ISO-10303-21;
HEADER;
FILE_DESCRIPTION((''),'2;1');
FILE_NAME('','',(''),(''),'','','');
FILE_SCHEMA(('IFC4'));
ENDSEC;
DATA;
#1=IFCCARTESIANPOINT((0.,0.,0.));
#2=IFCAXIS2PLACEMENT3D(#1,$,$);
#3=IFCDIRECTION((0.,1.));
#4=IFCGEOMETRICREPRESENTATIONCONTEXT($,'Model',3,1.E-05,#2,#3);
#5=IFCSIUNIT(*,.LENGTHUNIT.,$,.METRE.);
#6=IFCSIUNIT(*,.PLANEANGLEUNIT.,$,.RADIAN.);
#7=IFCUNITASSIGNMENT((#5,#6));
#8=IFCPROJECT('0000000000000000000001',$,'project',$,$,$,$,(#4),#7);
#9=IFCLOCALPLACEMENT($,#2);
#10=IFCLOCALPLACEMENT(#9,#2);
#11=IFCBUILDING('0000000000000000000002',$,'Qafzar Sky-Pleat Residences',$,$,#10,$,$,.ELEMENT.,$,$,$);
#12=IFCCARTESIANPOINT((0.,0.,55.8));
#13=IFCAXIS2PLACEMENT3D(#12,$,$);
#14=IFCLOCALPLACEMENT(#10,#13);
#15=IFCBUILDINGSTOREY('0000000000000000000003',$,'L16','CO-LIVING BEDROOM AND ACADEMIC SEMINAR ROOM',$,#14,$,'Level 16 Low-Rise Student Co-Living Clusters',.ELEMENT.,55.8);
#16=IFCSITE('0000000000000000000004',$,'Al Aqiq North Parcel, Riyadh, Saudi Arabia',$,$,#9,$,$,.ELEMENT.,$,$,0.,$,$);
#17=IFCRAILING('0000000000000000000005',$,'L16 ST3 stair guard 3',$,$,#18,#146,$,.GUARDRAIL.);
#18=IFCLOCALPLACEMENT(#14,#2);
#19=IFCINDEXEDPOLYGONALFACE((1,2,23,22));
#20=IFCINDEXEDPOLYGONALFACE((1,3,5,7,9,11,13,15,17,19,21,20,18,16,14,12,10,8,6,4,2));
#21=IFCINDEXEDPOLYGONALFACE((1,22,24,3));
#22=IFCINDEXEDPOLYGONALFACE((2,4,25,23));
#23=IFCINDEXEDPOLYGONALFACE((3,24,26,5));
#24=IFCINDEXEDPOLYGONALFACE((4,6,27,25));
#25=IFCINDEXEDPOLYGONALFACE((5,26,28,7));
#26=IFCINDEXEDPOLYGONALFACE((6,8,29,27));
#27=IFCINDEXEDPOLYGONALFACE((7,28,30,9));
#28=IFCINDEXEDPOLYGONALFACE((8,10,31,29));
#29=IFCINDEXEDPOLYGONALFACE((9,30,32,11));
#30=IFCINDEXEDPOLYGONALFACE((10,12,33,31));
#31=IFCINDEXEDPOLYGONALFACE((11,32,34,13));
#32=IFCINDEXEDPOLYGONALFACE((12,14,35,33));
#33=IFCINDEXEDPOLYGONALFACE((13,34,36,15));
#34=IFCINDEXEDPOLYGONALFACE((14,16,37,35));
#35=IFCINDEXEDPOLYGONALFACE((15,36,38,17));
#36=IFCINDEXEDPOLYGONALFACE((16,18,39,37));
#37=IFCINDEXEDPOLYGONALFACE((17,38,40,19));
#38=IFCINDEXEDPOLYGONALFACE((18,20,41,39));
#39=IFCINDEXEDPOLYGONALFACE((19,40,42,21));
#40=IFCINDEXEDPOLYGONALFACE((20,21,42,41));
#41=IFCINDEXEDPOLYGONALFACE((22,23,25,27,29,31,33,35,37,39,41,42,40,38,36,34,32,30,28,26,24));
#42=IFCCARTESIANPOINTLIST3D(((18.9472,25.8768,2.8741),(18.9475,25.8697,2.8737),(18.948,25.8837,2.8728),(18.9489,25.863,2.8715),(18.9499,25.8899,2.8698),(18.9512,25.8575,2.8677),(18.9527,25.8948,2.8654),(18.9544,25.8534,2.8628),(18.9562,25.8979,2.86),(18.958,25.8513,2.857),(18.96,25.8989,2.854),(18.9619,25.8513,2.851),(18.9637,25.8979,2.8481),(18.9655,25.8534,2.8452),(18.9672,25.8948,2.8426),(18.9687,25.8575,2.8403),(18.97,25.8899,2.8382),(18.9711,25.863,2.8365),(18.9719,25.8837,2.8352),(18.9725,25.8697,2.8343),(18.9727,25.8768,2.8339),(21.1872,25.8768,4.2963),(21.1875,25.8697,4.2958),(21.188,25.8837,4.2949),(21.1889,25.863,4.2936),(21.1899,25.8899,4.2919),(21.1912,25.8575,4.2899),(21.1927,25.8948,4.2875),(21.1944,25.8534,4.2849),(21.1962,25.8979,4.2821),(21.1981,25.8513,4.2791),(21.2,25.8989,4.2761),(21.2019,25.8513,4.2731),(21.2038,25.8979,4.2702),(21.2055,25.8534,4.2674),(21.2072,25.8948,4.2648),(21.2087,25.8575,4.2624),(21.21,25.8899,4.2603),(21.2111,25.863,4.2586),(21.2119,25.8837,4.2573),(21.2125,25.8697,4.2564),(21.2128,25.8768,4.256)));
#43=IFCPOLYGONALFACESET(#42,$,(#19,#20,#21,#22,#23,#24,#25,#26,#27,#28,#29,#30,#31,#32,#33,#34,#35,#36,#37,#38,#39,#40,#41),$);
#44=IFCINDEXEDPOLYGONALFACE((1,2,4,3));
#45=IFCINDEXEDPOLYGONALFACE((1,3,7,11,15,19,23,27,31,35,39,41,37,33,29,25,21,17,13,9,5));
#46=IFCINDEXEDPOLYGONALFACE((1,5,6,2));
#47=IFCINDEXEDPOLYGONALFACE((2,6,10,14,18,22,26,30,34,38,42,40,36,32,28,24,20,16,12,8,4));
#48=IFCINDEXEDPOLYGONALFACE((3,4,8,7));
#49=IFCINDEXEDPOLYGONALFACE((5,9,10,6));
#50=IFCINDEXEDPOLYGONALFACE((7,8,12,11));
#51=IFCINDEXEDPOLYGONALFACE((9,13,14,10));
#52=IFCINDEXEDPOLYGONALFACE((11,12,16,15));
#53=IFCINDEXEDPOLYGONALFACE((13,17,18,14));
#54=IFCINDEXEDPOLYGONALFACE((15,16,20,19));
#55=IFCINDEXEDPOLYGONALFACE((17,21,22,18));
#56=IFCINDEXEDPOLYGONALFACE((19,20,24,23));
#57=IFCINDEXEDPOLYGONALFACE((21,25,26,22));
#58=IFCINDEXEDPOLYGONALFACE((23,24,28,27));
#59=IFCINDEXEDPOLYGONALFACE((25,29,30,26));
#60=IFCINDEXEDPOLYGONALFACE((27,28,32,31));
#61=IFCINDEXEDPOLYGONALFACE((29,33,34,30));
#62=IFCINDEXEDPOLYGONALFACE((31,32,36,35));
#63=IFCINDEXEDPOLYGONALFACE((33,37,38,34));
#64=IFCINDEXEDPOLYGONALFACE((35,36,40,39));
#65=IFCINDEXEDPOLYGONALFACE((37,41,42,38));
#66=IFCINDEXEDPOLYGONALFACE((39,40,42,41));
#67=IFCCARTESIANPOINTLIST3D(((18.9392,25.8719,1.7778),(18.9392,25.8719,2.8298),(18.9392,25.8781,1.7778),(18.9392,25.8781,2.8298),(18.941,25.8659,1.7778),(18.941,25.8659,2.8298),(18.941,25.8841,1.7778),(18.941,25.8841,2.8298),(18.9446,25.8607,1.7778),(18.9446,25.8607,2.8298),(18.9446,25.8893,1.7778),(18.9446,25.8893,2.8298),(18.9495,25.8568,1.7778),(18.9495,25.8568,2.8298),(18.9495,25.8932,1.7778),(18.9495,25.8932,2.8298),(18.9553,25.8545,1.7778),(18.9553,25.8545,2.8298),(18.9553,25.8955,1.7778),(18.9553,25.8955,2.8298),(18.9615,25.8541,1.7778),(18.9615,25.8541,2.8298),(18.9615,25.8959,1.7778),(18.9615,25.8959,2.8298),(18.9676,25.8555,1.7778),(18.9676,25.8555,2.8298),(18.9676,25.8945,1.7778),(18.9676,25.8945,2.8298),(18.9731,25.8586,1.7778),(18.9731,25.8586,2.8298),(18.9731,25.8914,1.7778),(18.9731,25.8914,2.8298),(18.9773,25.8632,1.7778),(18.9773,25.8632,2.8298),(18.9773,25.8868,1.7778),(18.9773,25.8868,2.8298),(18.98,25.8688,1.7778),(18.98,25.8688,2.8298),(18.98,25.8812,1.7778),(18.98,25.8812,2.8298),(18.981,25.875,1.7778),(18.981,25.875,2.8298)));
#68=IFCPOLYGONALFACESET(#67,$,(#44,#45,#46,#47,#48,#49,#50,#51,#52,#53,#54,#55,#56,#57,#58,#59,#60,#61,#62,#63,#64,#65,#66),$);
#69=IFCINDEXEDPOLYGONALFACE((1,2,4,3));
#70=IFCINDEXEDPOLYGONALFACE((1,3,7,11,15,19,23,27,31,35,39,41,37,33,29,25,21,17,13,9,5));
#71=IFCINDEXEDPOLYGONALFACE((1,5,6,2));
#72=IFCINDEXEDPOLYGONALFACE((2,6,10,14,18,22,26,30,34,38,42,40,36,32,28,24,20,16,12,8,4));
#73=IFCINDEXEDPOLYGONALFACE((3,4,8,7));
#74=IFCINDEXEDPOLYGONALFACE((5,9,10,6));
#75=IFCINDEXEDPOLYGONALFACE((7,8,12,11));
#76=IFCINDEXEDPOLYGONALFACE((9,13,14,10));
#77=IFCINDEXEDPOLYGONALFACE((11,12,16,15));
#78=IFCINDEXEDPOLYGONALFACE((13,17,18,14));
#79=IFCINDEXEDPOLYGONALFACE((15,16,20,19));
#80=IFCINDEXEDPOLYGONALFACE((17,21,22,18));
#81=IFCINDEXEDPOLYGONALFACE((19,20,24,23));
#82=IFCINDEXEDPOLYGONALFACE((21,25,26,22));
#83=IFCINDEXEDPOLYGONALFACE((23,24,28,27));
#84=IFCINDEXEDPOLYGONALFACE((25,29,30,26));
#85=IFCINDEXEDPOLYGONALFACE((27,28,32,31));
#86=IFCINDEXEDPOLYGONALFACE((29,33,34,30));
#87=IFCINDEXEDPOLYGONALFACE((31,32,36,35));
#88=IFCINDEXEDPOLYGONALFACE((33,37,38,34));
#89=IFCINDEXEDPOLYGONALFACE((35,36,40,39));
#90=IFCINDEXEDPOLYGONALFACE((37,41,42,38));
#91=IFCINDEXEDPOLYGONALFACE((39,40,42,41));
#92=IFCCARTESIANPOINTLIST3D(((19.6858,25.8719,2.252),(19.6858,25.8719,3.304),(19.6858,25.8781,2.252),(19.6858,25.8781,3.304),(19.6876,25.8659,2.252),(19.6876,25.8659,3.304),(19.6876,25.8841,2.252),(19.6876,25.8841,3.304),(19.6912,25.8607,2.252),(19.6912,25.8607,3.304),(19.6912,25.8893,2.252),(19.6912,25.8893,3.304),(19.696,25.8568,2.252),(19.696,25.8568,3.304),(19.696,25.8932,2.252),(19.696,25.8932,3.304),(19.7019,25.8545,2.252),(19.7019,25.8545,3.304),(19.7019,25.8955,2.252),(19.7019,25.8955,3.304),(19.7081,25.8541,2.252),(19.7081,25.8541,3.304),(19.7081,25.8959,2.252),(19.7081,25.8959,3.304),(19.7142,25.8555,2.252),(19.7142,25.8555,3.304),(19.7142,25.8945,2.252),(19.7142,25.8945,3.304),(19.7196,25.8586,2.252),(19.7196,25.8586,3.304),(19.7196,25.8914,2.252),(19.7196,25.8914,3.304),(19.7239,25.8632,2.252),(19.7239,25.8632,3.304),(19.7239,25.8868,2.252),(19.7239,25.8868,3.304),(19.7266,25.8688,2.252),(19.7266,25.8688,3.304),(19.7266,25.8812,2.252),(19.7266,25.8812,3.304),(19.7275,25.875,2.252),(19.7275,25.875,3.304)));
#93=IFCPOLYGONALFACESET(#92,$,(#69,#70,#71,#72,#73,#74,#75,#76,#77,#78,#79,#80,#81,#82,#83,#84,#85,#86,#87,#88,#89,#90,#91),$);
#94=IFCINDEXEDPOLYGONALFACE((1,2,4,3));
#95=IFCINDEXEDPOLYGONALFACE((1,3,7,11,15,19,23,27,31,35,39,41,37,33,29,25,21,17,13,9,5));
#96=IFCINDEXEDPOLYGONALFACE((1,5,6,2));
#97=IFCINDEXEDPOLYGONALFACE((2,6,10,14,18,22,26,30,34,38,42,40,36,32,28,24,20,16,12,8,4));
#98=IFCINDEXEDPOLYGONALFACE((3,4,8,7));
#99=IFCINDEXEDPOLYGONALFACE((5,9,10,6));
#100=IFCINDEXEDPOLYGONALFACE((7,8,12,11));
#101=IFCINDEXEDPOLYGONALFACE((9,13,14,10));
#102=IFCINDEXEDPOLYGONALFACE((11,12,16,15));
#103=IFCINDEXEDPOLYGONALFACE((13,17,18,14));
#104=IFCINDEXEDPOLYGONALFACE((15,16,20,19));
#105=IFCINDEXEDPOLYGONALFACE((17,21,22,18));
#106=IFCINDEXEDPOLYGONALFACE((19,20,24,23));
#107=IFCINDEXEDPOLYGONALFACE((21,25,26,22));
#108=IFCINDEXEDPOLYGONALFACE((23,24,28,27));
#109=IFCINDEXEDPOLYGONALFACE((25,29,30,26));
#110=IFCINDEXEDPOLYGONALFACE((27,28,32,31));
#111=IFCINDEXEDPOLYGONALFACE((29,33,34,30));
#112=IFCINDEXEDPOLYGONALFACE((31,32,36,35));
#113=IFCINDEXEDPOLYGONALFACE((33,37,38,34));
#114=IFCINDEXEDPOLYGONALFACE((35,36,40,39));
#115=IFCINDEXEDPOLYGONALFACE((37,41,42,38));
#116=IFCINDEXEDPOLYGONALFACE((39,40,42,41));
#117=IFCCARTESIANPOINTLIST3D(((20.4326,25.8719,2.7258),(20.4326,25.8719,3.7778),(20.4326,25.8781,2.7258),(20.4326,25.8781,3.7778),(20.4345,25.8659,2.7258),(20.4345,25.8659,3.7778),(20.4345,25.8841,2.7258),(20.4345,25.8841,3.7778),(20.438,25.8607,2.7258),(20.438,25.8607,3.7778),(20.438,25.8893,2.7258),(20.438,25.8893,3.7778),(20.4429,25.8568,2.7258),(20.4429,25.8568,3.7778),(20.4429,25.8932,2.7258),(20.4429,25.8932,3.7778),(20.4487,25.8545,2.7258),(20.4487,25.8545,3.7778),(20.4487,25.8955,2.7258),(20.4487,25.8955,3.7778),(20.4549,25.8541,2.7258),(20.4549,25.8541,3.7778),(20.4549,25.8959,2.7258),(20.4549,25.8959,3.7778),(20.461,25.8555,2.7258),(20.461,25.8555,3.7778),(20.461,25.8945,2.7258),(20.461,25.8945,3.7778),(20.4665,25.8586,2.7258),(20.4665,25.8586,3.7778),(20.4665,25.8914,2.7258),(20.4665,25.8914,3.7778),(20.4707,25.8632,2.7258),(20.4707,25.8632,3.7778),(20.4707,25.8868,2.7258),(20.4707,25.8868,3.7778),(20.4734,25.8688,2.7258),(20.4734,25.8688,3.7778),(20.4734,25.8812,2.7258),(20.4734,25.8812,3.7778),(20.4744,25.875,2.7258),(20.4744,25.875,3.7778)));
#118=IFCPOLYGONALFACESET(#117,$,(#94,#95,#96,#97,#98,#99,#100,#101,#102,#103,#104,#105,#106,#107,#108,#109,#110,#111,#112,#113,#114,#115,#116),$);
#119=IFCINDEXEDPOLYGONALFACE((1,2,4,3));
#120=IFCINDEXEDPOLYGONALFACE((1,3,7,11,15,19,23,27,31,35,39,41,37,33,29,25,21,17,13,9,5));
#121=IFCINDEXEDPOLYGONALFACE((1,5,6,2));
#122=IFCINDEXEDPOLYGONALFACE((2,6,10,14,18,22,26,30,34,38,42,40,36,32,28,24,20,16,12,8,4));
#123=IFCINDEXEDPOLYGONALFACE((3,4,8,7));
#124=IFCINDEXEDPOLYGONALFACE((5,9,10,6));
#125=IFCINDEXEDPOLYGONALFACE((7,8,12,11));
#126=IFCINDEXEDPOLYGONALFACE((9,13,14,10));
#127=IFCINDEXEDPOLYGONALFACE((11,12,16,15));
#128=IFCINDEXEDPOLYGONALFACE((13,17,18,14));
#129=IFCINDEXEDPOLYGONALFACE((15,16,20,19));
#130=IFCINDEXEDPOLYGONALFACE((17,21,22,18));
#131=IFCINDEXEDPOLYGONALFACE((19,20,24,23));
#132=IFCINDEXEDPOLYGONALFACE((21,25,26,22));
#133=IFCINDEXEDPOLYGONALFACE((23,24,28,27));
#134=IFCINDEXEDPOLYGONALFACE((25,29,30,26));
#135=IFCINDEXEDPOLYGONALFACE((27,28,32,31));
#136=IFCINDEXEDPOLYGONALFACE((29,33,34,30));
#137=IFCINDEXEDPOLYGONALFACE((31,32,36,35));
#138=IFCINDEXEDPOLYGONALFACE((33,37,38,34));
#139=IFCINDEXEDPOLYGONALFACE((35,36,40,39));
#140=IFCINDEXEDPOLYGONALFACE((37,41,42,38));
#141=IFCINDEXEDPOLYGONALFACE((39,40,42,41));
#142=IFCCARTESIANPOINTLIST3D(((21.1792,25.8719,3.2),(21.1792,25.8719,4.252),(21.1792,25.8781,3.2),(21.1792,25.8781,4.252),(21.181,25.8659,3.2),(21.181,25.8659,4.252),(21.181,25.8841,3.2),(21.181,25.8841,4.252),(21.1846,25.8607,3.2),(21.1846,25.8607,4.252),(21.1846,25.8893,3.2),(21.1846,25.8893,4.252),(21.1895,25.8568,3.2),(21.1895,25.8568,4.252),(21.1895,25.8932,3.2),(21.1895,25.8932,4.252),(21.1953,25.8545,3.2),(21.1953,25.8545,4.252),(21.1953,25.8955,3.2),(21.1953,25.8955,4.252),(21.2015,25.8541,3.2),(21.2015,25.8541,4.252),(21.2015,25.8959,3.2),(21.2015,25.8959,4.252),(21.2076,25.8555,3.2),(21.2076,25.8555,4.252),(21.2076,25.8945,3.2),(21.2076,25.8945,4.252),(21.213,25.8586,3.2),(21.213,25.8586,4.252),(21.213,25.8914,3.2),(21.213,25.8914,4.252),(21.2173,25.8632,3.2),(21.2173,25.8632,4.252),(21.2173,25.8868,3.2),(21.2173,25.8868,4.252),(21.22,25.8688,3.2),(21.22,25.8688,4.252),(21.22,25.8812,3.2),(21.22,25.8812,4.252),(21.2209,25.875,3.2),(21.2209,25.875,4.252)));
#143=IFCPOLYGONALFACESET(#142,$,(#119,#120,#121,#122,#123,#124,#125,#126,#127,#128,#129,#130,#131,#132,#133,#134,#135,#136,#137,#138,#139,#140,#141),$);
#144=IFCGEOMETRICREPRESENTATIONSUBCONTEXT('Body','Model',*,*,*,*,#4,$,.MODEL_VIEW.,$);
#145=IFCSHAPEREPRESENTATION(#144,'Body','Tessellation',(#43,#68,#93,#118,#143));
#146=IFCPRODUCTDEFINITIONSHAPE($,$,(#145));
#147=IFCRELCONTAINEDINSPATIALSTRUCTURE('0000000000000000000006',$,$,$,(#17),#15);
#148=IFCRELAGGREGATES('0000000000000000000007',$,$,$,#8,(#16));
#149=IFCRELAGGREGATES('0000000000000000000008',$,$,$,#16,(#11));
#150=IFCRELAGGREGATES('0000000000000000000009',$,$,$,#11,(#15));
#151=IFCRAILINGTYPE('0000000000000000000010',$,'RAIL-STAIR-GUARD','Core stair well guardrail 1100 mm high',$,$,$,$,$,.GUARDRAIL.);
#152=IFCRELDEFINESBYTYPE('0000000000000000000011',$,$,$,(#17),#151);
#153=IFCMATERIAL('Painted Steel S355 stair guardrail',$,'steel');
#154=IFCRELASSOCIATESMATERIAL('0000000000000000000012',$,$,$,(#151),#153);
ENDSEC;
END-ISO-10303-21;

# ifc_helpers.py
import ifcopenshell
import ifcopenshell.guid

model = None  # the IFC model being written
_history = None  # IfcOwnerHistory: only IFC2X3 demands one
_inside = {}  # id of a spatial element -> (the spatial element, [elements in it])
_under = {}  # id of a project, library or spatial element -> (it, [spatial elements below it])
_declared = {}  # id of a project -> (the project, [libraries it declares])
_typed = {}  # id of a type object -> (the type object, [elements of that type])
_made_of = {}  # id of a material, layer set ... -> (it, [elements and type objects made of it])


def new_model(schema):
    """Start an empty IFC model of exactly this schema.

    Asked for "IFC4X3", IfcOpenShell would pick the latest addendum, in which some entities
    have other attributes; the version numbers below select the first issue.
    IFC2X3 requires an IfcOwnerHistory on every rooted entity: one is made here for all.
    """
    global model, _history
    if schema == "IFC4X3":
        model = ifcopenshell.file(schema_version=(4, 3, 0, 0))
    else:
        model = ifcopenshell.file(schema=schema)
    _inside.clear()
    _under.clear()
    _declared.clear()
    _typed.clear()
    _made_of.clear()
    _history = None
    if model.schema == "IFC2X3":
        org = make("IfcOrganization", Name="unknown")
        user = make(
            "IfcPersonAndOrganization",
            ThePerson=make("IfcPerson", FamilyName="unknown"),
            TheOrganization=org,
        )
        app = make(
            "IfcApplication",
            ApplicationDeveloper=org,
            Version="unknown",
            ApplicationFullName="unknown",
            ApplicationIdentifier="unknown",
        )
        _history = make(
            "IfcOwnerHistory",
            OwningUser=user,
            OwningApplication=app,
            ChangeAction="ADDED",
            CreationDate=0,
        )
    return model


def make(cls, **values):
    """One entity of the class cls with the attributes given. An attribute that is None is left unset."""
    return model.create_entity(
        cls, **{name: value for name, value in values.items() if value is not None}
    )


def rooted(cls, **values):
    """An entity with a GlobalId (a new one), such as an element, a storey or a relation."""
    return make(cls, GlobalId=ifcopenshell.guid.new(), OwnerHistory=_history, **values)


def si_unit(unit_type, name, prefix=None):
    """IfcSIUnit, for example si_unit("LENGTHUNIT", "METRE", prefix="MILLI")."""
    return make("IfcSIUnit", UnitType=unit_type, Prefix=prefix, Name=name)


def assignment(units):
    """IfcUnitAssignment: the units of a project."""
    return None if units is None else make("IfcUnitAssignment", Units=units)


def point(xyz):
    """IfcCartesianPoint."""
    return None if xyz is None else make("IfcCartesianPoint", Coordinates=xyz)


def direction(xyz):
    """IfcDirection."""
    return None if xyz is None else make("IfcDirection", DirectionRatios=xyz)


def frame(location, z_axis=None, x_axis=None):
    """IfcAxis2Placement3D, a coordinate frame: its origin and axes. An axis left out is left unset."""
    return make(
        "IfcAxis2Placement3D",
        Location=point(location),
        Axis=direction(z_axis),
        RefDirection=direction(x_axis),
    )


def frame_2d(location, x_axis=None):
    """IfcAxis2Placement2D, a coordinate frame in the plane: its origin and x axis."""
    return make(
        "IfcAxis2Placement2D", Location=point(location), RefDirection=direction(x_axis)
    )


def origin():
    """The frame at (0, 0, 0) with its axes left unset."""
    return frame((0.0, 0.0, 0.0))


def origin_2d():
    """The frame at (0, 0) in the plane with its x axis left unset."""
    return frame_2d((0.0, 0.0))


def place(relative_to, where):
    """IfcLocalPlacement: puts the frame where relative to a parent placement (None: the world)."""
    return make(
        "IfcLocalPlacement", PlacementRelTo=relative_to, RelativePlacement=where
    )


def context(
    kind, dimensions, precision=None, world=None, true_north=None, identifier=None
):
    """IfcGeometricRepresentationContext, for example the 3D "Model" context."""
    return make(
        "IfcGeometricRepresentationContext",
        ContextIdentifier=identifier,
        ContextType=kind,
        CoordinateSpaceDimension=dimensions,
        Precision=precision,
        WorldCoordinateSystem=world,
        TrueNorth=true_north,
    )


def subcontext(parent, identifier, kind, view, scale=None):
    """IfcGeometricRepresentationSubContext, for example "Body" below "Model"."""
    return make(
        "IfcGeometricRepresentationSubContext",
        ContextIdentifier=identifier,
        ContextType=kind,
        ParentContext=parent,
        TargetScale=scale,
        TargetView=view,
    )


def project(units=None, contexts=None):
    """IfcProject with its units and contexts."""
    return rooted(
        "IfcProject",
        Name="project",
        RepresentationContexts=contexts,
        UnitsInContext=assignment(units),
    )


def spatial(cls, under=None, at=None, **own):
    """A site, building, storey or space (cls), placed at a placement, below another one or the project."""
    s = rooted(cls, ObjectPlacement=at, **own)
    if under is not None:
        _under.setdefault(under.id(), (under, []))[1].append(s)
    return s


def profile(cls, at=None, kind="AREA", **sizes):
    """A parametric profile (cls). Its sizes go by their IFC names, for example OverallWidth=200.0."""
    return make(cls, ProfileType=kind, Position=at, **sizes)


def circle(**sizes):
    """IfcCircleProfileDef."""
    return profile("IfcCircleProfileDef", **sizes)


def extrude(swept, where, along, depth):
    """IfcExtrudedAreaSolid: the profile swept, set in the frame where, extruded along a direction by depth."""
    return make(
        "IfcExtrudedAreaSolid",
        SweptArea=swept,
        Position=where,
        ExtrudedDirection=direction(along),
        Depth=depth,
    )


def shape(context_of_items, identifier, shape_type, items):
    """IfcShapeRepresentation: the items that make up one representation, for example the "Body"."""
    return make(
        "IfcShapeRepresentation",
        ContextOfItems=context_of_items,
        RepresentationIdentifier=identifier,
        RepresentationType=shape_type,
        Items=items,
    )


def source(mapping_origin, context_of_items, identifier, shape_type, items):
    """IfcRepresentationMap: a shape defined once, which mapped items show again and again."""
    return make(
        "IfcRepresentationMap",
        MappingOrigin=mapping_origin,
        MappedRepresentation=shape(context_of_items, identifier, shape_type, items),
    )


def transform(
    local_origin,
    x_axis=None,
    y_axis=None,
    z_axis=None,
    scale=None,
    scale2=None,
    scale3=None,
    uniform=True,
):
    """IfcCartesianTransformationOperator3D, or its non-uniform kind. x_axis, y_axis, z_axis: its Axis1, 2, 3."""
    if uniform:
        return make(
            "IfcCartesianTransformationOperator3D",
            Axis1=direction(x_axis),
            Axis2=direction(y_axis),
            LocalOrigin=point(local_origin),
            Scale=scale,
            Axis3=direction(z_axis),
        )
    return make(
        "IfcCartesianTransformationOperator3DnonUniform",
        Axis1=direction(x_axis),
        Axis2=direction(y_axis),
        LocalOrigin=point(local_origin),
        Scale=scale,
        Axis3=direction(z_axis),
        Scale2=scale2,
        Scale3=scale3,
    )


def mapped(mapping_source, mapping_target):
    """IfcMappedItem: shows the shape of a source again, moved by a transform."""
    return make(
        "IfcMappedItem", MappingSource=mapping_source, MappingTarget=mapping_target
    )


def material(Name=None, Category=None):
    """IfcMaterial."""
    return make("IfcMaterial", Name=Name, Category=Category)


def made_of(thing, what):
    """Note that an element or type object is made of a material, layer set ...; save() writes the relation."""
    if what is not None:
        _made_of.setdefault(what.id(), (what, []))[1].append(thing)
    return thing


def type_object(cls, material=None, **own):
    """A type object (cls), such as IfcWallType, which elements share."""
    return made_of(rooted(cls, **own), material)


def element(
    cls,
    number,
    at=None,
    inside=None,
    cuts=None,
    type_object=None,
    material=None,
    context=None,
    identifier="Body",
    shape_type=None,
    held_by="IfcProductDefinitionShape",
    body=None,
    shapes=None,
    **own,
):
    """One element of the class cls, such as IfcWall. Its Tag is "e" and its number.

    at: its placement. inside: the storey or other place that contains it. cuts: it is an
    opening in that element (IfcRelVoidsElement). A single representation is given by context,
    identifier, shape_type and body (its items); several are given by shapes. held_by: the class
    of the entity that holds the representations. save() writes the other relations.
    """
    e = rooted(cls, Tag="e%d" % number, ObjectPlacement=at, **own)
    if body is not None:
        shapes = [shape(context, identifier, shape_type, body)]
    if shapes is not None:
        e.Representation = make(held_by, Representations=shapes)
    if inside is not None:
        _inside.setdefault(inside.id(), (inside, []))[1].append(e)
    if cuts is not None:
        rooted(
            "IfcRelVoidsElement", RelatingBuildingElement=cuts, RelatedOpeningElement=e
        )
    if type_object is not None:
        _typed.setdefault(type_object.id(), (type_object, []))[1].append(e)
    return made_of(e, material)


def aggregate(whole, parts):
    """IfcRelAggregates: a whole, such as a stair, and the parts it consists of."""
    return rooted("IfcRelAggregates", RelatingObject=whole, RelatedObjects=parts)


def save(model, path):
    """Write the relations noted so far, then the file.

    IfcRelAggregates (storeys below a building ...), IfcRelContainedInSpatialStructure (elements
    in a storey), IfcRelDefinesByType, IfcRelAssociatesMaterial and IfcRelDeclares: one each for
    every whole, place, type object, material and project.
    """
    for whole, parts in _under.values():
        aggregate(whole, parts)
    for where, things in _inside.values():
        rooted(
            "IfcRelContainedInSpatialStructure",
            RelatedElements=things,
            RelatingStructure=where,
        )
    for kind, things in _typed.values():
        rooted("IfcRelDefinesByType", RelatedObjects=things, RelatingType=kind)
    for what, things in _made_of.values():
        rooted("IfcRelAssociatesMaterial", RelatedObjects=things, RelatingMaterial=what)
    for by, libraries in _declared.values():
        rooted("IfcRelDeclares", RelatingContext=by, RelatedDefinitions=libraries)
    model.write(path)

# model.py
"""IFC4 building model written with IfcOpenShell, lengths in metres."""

from ifc_helpers import new_model, si_unit, direction, frame, origin, origin_2d, place, context, subcontext, project, spatial, circle, extrude, source, transform, mapped, material, type_object, element, save


model = new_model("IFC4")

# Units and contexts
model_context = context("Model", 3, precision=1e-05, world=origin(), true_north=direction((0.0, 1.0)))
body_context = subcontext(model_context, "Body", "Model", "MODEL_VIEW")
ifc_project = project(units=[si_unit("LENGTHUNIT", "METRE"), si_unit("PLANEANGLEUNIT", "RADIAN")], contexts=[model_context])

# Site, building, storey
site_placement = place(None, origin())
site = spatial("IfcSite", under=ifc_project, at=site_placement, Name="Al Aqiq North Parcel, Riyadh, Saudi Arabia", CompositionType="ELEMENT", RefElevation=0.0)
building_placement = place(site_placement, origin())
building = spatial("IfcBuilding", under=site, at=building_placement, Name="Qafzar Sky-Pleat Residences", CompositionType="ELEMENT")
storey_placement = place(building_placement, frame((0.0, 0.0, 55.8)))
storey = spatial("IfcBuildingStorey", under=building, at=storey_placement, Name="L16", Description="CO-LIVING BEDROOM AND ACADEMIC SEMINAR ROOM", LongName="Level 16 Low-Rise Student Co-Living Clusters", CompositionType="ELEMENT", Elevation=55.8)

# Railing
ifc_material_1 = material(Name="Painted Steel S355 stair guardrail", Category="steel")
railing_type_1 = type_object("IfcRailingType", Name="RAIL-STAIR-GUARD", Description="Core stair well guardrail 1100 mm high", PredefinedType="GUARDRAIL", material=ifc_material_1)
shared_shape_1 = source(origin(), body_context, "Body", "SweptSolid", [
    extrude(circle(Radius=0.0239, at=origin_2d()), frame((0.0, 0.0, 1.0762), z_axis=(0.844229, 0.0, 0.535982), x_axis=(0.0, 1.0, 0.0)), (0.0, 0.0, 1.0), 2.6533),
    extrude(circle(Radius=0.021, at=origin_2d()), origin(), (0.0, 0.0, 1.0), 1.052),
    extrude(circle(Radius=0.021, at=origin_2d()), frame((0.7466, 0.0, 0.4741)), (0.0, 0.0, 1.0), 1.052),
    extrude(circle(Radius=0.021, at=origin_2d()), frame((1.4934, 0.0, 0.948)), (0.0, 0.0, 1.0), 1.052),
    extrude(circle(Radius=0.021, at=origin_2d()), frame((2.24, 0.0, 1.4221)), (0.0, 0.0, 1.0), 1.052),
])
railing_1_placement = place(storey_placement, frame((18.96, 25.875, 1.7778)))
element("IfcRailing", 1, at=railing_1_placement, inside=storey, type_object=railing_type_1, Name="L16 ST3 stair guard 3", PredefinedType="GUARDRAIL", context=body_context, shape_type="MappedRepresentation", body=[
    mapped(shared_shape_1, transform((0.0, 0.0, 0.0), x_axis=(1.0, 0.0, 0.0), y_axis=(0.0, 1.0, 0.0), z_axis=(0.0, 0.0, 1.0), scale=1.0)),
])

save(model, "model.ifc")
